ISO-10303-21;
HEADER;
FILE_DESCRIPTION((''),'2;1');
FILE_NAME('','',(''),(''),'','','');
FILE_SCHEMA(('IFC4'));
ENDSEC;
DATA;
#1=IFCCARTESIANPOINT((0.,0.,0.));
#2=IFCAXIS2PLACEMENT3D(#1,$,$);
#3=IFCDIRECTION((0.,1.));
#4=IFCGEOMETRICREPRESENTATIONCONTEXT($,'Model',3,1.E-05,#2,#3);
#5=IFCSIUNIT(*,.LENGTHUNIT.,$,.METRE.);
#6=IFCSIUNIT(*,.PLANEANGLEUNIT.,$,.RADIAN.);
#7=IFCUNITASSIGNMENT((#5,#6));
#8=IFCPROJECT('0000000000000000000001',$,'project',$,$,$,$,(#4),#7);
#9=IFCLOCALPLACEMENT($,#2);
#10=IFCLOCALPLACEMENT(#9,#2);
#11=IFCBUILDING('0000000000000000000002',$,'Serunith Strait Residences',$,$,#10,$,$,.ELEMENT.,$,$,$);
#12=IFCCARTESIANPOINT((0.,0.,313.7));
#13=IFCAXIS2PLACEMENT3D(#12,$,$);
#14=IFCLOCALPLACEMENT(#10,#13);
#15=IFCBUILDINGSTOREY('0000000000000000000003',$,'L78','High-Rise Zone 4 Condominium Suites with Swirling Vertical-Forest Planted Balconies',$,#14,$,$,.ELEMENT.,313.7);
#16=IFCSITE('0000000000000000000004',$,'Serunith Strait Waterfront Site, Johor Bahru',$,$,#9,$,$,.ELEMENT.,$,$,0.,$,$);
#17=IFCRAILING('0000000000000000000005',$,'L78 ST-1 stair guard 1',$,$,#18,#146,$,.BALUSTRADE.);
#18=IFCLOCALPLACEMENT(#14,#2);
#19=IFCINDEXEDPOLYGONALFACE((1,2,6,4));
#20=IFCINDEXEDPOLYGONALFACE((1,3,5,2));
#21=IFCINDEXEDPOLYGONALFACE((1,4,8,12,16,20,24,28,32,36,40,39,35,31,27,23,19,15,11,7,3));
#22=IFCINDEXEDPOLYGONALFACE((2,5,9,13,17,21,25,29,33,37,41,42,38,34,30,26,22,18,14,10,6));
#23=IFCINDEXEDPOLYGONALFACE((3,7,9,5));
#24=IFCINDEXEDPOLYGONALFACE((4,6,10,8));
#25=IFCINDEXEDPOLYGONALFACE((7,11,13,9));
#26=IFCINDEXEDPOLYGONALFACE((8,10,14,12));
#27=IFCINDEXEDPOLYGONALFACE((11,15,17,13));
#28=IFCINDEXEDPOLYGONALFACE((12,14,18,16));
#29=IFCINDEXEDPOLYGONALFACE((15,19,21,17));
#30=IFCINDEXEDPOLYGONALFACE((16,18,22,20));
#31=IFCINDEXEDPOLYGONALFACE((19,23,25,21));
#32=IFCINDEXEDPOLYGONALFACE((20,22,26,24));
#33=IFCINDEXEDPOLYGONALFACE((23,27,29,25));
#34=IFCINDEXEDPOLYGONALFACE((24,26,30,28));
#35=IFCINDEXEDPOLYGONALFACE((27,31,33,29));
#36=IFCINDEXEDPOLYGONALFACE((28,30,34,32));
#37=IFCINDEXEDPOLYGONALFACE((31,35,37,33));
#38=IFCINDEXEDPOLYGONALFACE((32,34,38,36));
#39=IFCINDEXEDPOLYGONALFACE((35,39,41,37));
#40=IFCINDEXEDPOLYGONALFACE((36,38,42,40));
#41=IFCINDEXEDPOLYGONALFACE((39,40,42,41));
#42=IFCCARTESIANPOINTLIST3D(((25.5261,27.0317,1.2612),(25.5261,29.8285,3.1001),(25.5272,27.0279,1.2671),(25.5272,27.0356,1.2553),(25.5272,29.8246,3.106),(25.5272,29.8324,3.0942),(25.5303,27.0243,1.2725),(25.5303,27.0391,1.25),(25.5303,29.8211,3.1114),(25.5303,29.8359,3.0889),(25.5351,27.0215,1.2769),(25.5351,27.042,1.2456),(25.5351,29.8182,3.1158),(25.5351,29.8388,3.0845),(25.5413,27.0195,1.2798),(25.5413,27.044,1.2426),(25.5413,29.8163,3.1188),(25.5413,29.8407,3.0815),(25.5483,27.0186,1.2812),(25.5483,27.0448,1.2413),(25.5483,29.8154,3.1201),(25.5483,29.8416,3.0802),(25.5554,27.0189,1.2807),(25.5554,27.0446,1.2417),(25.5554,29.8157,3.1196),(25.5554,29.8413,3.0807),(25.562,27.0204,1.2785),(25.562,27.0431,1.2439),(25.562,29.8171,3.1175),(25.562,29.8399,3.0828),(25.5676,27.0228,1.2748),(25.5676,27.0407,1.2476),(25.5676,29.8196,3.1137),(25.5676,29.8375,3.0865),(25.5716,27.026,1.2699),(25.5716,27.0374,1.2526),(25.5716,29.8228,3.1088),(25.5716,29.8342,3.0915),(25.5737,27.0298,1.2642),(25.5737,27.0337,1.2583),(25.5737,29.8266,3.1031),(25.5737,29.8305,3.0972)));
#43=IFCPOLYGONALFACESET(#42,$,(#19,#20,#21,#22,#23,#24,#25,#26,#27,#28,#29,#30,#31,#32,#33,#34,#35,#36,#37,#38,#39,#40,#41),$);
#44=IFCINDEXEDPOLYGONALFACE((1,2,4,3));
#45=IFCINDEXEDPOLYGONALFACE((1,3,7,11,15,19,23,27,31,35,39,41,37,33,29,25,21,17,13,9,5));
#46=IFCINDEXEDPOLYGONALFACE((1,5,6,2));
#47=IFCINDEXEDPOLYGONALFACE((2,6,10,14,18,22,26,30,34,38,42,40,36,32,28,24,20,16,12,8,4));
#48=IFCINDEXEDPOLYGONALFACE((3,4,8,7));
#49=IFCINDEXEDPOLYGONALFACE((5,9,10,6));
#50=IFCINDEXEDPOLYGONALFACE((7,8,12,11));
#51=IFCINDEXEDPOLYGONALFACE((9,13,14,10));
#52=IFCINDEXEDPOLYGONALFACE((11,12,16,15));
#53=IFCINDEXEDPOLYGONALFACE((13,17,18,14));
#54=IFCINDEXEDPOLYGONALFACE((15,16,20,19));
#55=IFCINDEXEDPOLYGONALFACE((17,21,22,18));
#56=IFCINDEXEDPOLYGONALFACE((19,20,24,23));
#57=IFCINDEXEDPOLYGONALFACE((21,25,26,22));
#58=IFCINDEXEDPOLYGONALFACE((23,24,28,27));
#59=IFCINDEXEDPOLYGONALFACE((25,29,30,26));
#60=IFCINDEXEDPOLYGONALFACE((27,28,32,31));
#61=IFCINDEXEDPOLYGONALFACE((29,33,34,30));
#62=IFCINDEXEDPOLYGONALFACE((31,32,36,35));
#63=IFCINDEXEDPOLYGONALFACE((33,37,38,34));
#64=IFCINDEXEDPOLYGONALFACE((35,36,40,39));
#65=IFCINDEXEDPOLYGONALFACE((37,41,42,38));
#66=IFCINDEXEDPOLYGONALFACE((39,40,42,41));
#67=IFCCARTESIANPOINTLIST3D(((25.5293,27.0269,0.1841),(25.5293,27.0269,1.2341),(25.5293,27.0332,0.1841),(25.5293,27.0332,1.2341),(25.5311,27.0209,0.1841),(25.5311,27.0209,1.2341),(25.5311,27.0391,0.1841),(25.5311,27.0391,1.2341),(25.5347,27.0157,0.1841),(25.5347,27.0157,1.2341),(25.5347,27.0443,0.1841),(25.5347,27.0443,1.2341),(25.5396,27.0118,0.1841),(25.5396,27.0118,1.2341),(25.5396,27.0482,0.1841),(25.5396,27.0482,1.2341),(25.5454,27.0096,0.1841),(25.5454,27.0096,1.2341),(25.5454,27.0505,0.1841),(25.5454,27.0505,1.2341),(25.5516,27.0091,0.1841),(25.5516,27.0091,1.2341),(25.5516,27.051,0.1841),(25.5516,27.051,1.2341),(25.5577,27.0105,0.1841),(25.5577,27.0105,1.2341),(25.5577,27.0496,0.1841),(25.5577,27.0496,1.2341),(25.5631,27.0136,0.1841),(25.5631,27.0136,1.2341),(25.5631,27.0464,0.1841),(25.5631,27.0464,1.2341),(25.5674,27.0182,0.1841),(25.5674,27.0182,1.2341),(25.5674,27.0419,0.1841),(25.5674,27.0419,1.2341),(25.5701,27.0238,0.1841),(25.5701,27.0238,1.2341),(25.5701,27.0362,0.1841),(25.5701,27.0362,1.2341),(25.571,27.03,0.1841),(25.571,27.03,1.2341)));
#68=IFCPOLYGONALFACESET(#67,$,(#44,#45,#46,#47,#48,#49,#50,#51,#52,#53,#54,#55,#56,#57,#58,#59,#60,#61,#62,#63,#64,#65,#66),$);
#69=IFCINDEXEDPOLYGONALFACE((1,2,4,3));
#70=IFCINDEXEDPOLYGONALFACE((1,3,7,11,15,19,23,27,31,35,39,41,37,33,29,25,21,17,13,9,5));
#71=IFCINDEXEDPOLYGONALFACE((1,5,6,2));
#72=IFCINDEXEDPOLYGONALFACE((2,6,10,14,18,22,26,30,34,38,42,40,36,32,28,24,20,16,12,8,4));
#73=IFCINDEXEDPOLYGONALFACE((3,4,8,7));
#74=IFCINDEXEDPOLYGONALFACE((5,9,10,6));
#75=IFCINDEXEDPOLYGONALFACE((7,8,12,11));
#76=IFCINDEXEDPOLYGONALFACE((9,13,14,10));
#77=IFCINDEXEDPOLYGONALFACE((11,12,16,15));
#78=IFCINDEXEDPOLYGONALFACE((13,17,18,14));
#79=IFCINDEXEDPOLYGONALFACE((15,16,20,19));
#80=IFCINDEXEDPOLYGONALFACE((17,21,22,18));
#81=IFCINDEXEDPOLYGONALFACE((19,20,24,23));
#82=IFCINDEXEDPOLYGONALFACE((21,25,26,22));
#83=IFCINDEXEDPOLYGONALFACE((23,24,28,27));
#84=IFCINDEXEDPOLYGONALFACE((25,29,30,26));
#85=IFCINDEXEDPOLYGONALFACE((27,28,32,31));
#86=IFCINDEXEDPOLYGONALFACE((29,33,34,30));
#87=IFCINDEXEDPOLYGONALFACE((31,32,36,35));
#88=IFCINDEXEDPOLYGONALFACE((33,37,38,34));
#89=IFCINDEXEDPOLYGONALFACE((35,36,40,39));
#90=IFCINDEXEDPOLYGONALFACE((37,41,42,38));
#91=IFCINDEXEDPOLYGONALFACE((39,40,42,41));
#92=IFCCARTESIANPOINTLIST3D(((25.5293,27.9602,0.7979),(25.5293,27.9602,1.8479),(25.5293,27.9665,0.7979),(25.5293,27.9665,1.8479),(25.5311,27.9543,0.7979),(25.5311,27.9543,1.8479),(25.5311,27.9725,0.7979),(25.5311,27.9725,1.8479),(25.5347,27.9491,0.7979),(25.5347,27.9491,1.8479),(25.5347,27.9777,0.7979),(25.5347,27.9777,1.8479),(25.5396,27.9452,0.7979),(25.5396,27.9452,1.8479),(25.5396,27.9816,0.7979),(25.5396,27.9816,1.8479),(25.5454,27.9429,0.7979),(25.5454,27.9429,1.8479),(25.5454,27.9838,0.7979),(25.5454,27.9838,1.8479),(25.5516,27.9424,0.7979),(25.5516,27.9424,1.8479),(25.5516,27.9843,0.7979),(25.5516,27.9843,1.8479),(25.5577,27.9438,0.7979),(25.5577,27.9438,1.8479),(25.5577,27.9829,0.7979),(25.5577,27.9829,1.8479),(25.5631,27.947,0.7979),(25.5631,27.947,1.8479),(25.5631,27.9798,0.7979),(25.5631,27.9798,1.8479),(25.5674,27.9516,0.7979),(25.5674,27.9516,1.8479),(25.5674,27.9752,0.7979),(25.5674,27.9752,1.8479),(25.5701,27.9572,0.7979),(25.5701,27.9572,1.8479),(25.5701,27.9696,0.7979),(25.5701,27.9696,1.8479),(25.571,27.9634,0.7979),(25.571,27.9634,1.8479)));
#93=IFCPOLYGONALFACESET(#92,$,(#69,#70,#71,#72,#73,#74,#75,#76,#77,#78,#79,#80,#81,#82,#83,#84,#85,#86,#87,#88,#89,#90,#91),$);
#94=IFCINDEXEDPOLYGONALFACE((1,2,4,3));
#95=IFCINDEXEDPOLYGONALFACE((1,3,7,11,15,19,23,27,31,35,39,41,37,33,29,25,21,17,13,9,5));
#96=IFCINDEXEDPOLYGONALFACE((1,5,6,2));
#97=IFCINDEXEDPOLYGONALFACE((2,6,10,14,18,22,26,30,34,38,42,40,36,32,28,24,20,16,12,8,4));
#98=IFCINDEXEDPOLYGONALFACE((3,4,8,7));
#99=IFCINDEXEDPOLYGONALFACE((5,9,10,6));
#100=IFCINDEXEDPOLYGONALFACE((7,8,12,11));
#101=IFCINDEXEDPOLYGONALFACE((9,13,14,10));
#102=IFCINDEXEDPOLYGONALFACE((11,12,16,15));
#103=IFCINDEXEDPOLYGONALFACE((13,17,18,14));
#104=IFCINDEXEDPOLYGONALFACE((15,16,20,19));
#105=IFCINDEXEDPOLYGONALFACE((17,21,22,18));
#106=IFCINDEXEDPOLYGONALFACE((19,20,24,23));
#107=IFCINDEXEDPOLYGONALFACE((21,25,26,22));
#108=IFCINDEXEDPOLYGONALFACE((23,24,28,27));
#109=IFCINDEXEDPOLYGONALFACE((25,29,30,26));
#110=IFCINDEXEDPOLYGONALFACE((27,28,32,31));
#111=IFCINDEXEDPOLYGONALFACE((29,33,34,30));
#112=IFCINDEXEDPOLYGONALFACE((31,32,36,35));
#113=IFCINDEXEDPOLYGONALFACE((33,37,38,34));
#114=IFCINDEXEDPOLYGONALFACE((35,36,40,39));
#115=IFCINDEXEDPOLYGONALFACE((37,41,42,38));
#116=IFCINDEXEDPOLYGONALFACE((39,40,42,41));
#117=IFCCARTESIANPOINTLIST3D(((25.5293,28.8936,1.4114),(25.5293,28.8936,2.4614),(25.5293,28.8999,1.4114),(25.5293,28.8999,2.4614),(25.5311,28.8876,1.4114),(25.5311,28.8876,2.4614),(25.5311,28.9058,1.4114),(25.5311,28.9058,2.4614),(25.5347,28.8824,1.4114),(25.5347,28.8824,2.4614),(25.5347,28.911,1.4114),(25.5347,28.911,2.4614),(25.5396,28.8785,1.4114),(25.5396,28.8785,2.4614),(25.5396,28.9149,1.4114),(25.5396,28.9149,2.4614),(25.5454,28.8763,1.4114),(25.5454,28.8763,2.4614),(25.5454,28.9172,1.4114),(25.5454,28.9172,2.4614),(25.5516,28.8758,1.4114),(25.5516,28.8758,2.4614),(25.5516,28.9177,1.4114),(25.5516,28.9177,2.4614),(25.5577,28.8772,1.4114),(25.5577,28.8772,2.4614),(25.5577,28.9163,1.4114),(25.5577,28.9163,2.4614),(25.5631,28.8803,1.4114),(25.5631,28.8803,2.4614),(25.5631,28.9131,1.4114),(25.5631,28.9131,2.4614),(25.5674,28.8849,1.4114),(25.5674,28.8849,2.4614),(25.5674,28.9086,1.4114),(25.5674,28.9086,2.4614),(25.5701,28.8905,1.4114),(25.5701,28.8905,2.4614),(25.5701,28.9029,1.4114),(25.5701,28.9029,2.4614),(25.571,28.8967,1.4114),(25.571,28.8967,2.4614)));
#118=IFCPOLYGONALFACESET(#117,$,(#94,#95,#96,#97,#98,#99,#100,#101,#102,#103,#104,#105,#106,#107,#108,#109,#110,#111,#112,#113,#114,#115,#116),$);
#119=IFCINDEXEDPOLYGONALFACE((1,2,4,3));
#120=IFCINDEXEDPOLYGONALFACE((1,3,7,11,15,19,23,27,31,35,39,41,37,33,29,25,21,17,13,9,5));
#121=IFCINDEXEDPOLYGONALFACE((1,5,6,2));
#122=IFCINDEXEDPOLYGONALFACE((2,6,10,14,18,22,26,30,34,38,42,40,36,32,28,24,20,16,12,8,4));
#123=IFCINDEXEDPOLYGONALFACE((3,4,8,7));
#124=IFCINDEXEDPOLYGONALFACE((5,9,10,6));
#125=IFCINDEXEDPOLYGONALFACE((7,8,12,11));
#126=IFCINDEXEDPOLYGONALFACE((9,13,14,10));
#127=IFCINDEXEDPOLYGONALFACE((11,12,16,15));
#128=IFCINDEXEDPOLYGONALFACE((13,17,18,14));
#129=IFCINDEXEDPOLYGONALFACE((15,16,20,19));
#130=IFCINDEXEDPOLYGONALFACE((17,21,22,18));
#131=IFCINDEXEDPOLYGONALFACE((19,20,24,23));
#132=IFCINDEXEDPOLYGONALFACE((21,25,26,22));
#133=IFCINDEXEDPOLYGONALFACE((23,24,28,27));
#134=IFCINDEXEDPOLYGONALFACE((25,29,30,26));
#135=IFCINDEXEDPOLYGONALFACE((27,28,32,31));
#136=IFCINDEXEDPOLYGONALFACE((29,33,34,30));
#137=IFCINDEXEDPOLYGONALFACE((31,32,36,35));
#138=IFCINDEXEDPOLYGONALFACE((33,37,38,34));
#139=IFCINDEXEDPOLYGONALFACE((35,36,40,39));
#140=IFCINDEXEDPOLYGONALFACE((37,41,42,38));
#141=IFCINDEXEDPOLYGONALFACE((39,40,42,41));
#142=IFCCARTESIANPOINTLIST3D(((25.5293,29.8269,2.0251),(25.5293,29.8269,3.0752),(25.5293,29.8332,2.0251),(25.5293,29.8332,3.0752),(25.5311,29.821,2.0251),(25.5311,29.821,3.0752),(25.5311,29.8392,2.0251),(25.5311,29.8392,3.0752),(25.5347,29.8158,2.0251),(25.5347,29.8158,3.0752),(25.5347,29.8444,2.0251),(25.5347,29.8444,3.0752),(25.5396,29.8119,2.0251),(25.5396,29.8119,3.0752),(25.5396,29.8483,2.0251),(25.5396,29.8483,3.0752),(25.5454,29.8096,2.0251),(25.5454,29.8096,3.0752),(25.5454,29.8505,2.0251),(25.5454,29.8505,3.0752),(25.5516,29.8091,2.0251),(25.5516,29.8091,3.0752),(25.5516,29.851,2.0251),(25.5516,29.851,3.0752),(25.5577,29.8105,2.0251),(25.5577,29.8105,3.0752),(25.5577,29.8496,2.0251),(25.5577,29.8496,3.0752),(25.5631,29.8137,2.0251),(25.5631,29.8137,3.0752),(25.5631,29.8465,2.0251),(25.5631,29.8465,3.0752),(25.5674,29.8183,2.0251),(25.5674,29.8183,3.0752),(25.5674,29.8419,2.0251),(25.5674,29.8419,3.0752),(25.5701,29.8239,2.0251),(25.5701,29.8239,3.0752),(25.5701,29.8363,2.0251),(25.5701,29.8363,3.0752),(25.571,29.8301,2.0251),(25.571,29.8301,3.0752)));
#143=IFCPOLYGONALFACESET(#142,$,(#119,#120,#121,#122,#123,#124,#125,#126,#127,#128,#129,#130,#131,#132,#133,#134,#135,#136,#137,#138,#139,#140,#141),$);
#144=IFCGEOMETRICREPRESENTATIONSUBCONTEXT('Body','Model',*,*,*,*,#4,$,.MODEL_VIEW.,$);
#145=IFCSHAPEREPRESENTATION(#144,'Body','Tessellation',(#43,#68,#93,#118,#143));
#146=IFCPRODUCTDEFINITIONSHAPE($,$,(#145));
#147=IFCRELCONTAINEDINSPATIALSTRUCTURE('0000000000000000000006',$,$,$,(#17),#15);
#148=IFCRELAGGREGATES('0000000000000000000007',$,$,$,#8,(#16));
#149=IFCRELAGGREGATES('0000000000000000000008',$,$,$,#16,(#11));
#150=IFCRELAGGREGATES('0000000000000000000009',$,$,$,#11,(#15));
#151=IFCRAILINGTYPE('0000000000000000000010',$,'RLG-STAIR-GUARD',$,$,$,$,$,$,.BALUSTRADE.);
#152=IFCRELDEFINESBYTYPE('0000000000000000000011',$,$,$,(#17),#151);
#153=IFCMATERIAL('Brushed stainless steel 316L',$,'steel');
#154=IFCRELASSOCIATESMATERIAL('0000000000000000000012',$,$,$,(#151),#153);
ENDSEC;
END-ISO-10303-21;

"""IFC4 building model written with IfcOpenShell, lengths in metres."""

from ifc_helpers import new_model, si_unit, direction, frame, origin, origin_2d, place, context, subcontext, project, spatial, circle, extrude, material, type_object, element, save


model = new_model("IFC4")

# Units and contexts
model_context = context("Model", 3, precision=1e-05, world=origin(), true_north=direction((0.0, 1.0)))
body_context = subcontext(model_context, "Body", "Model", "MODEL_VIEW")
ifc_project = project(units=[si_unit("LENGTHUNIT", "METRE"), si_unit("PLANEANGLEUNIT", "RADIAN")], contexts=[model_context])

# Site, building, storey
site_placement = place(None, origin())
site = spatial("IfcSite", under=ifc_project, at=site_placement, Name="Serunith Strait Waterfront Site, Johor Bahru", CompositionType="ELEMENT", RefElevation=0.0)
building_placement = place(site_placement, origin())
building = spatial("IfcBuilding", under=site, at=building_placement, Name="Serunith Strait Residences", CompositionType="ELEMENT")
storey_placement = place(building_placement, frame((0.0, 0.0, 313.7)))
storey = spatial("IfcBuildingStorey", under=building, at=storey_placement, Name="L78", Description="High-Rise Zone 4 Condominium Suites with Swirling Vertical-Forest Planted Balconies", CompositionType="ELEMENT", Elevation=313.7)

# Railing
ifc_material_1 = material(Name="Brushed stainless steel 316L", Category="steel")
railing_type_1 = type_object("IfcRailingType", Name="RLG-STAIR-GUARD", PredefinedType="BALUSTRADE", material=ifc_material_1)
railing_1_placement = place(storey_placement, frame((25.55, 27.03, 0.1841)))
element("IfcRailing", 1, at=railing_1_placement, inside=storey, type_object=railing_type_1, Name="L78 ST-1 stair guard 1", PredefinedType="BALUSTRADE", context=body_context, shape_type="SweptSolid", body=[
    extrude(circle(Radius=0.0239, at=origin_2d()), frame((0.0, 0.0017, 1.0771), z_axis=(0.0, 0.835564, 0.549393), x_axis=(-1.0, 0.0, 0.0)), (0.0, 0.0, 1.0), 3.3472),
    extrude(circle(Radius=0.021, at=origin_2d()), origin(), (0.0, 0.0, 1.0), 1.05),
    extrude(circle(Radius=0.021, at=origin_2d()), frame((0.0, 0.9333, 0.6138)), (0.0, 0.0, 1.0), 1.05),
    extrude(circle(Radius=0.021, at=origin_2d()), frame((0.0, 1.8667, 1.2273)), (0.0, 0.0, 1.0), 1.05),
    extrude(circle(Radius=0.021, at=origin_2d()), frame((0.0, 2.8, 1.8411)), (0.0, 0.0, 1.0), 1.05),
])

save(model, "model.ifc")
